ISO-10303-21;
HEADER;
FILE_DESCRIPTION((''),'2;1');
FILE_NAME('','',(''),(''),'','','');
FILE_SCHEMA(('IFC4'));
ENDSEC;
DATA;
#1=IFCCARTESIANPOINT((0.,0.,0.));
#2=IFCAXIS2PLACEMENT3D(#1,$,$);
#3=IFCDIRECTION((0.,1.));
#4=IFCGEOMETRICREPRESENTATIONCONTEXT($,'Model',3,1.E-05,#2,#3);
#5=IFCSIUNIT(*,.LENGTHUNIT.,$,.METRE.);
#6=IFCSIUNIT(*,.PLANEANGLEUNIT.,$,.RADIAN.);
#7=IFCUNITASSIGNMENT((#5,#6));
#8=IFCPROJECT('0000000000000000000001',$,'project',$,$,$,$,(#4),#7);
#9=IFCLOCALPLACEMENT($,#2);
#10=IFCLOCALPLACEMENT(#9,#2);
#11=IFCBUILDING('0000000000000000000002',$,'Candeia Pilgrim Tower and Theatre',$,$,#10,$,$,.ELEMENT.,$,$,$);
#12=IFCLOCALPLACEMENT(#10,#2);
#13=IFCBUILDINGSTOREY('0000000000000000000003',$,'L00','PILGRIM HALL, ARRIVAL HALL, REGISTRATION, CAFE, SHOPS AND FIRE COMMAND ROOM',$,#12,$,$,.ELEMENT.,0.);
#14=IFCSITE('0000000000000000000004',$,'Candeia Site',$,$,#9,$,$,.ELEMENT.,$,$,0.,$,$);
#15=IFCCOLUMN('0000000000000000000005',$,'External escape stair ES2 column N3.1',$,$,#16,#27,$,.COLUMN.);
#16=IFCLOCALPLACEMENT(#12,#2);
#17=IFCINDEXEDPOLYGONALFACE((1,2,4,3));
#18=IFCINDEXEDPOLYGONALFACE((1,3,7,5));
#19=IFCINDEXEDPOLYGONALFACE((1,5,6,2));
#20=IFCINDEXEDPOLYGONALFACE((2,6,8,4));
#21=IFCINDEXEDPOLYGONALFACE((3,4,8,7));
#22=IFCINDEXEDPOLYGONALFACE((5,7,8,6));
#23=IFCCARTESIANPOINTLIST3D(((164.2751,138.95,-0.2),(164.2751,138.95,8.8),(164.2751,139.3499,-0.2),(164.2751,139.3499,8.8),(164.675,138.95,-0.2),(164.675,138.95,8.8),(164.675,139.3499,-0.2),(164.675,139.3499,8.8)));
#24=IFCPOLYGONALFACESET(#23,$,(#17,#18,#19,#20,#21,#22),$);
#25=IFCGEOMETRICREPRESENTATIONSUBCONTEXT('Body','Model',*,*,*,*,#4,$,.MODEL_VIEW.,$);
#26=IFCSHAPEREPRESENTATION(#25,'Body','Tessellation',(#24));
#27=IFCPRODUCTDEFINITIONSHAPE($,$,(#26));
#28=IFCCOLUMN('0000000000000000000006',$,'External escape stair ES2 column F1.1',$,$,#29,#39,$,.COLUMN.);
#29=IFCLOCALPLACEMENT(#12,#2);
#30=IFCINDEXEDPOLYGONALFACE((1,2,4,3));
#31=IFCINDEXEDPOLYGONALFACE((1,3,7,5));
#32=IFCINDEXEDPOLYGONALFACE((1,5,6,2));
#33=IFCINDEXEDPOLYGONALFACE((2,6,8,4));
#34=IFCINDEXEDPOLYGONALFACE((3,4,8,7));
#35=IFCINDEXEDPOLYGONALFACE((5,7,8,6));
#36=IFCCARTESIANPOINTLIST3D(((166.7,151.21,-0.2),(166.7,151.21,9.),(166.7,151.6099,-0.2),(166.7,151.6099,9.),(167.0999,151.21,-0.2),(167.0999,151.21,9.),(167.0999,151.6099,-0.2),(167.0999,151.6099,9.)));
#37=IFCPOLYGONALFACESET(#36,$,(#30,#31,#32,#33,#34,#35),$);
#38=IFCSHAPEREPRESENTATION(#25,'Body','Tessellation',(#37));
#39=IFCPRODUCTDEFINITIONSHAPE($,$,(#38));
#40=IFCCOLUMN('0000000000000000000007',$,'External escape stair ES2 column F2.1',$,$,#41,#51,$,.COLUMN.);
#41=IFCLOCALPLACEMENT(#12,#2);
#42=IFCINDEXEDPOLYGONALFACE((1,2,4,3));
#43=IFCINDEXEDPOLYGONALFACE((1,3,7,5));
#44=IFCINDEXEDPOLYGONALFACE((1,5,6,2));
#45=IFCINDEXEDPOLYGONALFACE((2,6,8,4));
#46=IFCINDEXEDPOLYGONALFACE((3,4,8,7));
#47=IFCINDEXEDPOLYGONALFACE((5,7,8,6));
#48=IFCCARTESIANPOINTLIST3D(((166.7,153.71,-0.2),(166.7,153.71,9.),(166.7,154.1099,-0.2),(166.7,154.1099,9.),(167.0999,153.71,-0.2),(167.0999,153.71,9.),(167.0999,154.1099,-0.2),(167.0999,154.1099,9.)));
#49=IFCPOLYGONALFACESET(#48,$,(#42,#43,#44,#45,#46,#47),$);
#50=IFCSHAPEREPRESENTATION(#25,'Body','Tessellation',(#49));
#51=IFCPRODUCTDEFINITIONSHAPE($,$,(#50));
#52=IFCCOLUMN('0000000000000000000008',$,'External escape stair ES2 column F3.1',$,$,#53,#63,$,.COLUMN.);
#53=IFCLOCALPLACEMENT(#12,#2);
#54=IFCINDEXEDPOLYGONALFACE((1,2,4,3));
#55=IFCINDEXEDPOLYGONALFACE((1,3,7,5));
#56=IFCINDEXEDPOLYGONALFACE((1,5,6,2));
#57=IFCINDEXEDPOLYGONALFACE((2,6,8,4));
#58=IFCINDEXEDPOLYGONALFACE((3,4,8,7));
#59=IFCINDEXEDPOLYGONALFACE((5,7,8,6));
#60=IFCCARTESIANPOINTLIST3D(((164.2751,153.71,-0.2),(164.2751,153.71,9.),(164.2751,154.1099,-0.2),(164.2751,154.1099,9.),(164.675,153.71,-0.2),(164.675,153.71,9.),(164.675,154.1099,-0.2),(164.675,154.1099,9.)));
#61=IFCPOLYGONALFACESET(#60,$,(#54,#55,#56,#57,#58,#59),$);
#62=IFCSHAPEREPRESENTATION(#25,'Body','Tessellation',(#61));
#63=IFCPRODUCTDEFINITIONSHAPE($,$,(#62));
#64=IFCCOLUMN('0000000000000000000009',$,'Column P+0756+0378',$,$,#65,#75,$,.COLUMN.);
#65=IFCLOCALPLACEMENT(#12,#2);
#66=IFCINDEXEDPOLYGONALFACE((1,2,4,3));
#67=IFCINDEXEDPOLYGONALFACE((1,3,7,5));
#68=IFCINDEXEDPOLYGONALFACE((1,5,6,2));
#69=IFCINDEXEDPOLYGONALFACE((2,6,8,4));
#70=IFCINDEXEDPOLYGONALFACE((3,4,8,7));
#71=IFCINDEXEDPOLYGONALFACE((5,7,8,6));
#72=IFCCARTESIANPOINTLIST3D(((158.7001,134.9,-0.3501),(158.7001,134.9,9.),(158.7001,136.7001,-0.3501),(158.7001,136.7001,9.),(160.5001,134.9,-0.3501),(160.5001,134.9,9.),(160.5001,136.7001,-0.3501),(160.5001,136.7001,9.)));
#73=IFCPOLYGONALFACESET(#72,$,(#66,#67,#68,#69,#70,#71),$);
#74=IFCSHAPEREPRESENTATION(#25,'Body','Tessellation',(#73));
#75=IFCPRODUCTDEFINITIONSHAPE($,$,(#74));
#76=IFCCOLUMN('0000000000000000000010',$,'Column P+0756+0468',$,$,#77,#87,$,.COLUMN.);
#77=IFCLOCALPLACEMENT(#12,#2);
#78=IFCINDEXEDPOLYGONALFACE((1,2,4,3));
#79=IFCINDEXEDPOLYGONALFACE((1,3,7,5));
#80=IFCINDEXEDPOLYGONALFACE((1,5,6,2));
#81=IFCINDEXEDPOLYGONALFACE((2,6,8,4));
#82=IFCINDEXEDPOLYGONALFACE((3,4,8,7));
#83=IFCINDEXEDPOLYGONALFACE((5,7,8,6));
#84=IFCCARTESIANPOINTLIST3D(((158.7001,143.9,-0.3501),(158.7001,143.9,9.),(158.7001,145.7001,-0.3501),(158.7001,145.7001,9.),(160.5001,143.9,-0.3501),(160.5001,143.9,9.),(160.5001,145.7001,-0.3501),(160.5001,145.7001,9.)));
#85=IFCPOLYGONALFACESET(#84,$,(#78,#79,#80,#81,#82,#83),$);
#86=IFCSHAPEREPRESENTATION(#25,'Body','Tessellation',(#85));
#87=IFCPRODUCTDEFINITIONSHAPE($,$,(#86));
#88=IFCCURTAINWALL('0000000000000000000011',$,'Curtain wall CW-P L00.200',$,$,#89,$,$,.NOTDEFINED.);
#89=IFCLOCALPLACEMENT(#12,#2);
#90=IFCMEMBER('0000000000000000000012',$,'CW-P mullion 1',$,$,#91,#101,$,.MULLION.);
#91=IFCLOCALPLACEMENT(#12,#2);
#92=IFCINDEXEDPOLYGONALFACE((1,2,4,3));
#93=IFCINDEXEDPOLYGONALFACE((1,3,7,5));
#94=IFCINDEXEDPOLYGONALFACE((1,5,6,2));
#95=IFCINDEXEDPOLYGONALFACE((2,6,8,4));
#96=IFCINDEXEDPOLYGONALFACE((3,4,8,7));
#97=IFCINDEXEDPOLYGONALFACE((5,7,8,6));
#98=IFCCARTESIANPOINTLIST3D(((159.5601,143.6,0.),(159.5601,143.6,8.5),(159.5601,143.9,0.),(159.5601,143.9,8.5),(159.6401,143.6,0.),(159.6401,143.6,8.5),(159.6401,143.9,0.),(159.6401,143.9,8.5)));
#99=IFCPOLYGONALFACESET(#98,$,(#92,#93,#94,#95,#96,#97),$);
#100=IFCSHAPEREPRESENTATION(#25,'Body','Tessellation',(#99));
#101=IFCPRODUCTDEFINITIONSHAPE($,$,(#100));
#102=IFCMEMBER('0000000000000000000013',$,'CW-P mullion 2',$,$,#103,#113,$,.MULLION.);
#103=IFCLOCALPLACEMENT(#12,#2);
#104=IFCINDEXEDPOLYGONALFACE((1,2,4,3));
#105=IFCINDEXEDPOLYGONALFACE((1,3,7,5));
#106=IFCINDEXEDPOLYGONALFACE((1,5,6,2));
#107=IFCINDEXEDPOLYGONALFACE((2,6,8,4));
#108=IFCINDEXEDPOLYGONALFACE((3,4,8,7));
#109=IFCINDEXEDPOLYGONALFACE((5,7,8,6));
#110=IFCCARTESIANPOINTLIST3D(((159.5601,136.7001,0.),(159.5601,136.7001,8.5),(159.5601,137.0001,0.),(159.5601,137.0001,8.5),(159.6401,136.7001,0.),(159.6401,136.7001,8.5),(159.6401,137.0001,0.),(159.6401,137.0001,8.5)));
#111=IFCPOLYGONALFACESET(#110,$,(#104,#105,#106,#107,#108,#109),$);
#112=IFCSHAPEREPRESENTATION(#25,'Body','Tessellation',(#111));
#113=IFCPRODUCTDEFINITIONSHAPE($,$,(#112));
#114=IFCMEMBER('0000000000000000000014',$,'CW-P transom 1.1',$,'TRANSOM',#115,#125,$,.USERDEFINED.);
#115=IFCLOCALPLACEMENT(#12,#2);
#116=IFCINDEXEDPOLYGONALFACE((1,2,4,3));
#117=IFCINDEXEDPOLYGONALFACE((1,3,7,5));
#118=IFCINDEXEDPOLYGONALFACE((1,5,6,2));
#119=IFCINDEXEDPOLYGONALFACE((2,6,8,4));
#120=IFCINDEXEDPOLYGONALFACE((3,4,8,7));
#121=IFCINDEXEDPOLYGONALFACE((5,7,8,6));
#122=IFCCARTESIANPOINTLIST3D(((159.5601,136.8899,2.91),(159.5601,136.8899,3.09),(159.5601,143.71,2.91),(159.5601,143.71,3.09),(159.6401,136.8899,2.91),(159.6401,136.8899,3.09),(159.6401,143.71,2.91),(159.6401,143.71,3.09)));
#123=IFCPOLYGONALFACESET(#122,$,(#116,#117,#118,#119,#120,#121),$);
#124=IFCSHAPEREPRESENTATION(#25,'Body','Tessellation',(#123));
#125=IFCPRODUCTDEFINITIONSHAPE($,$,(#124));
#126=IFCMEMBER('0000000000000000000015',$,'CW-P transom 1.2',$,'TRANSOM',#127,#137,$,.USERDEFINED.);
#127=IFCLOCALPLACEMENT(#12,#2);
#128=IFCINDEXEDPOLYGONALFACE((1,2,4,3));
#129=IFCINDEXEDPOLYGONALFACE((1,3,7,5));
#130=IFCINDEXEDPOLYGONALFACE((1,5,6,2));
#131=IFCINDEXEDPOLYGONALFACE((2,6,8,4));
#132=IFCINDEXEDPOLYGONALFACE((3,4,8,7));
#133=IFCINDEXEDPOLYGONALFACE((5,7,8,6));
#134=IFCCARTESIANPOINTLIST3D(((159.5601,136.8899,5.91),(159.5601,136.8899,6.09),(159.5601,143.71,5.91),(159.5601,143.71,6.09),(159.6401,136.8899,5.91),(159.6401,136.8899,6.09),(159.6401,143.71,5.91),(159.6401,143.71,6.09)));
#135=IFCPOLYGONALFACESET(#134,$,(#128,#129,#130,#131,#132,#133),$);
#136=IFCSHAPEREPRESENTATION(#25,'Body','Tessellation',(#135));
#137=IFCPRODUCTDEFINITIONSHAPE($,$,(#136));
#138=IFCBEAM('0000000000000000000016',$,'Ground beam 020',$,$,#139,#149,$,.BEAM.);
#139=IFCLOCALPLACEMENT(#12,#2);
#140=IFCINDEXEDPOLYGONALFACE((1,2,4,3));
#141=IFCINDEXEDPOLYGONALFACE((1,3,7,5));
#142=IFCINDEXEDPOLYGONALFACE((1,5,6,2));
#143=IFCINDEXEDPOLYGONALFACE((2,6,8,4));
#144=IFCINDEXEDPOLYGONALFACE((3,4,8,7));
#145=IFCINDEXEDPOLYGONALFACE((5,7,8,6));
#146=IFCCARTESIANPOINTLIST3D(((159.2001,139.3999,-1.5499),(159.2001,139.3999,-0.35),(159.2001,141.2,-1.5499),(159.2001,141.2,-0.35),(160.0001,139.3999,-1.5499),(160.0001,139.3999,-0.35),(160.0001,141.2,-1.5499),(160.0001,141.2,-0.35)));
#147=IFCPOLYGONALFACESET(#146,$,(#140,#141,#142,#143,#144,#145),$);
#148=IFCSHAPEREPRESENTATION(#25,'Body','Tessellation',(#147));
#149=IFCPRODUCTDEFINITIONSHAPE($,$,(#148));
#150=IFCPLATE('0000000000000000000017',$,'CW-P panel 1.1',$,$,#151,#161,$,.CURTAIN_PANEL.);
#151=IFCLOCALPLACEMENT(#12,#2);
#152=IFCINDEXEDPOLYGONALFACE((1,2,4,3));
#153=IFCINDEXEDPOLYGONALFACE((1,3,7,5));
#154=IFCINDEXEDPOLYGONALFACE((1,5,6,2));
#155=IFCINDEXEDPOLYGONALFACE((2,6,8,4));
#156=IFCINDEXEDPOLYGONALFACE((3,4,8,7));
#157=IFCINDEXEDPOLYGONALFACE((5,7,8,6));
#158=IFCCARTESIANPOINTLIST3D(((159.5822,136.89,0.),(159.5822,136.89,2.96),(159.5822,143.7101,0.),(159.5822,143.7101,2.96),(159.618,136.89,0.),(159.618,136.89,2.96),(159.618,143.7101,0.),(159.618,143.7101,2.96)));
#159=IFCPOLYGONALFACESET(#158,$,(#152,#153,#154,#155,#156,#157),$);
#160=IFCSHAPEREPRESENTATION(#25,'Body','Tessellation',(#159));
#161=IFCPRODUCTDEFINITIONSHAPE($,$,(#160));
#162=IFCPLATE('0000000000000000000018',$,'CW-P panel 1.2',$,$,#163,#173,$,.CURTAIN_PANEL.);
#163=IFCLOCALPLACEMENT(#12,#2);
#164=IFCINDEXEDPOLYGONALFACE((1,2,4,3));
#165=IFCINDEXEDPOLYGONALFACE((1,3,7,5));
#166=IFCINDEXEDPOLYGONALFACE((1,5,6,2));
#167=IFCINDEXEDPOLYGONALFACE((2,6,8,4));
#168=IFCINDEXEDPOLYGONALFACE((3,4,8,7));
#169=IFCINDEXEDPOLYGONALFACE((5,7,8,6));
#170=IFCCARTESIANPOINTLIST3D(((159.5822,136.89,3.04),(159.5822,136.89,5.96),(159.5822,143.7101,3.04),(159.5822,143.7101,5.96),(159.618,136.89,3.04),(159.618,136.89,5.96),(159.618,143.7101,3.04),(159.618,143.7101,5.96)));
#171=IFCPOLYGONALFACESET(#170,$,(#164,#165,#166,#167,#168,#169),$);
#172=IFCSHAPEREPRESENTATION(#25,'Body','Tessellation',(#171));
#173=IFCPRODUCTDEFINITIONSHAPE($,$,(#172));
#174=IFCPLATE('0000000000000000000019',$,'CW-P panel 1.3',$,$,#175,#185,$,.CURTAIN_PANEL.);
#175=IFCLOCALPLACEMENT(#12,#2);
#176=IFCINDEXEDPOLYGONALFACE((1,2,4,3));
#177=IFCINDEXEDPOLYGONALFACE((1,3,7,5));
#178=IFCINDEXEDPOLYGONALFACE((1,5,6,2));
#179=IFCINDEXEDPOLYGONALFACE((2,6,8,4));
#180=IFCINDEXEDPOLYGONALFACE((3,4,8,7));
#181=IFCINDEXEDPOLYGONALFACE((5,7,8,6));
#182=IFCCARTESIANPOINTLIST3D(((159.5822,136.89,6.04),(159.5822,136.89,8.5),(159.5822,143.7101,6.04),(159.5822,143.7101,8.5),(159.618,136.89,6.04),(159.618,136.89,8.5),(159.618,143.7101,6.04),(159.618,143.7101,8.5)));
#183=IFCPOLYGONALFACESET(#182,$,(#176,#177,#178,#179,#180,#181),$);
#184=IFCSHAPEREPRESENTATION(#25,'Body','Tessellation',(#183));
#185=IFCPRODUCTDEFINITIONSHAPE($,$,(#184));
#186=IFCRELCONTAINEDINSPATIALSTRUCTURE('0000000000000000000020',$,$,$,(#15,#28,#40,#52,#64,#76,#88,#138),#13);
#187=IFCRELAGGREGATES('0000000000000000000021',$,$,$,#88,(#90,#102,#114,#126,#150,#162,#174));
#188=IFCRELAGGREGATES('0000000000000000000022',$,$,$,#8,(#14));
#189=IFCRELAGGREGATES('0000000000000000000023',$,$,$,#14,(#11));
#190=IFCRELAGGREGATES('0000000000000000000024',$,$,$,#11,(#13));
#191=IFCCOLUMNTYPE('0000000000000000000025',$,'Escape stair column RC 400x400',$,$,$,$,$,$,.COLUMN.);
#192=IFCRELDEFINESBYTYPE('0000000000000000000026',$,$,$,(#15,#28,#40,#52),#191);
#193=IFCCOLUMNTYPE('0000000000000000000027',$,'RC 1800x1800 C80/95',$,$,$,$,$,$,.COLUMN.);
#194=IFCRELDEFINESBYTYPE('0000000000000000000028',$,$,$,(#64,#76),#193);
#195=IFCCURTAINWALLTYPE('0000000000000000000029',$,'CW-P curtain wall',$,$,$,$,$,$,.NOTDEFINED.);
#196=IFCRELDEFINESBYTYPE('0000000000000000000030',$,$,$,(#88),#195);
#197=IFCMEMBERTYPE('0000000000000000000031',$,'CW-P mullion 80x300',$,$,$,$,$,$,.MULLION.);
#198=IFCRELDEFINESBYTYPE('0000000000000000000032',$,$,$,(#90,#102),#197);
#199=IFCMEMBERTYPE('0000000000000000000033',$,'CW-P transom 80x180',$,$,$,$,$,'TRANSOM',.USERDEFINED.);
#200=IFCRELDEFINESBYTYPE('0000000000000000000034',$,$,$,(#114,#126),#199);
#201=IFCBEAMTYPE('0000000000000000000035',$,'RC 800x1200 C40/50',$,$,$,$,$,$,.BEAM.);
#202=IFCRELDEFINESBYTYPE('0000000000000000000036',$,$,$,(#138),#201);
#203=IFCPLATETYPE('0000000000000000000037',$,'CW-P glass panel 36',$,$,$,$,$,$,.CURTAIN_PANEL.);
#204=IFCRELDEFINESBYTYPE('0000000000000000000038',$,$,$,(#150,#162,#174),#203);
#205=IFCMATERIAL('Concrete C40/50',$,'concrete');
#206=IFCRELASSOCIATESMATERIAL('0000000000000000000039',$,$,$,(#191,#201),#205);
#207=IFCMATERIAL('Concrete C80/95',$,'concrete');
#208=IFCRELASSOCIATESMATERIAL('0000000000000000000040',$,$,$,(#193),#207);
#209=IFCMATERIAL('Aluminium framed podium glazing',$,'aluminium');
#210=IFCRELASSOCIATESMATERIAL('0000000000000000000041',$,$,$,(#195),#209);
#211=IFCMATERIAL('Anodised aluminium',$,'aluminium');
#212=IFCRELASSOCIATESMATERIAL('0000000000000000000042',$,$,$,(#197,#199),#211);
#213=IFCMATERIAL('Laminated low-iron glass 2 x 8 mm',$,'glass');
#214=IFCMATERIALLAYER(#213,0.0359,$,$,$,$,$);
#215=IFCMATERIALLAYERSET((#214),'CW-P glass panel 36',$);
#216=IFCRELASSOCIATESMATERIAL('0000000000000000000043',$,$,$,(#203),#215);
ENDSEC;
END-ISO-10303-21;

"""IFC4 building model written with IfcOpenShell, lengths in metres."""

from ifc_helpers import new_model, si_unit, direction, frame, origin, origin_2d, place, context, subcontext, project, spatial, rectangle, extrude, material, layer, layer_set, material_profile, profile_set, type_object, element, aggregate, save


model = new_model("IFC4")

# Units and contexts
model_context = context("Model", 3, precision=1e-05, world=origin(), true_north=direction((0.0, 1.0)))
body_context = subcontext(model_context, "Body", "Model", "MODEL_VIEW")
ifc_project = project(units=[si_unit("LENGTHUNIT", "METRE"), si_unit("PLANEANGLEUNIT", "RADIAN")], contexts=[model_context])

# Site, building, storey
site_placement = place(None, origin())
site = spatial("IfcSite", under=ifc_project, at=site_placement, Name="Candeia Site", CompositionType="ELEMENT", RefElevation=0.0)
building_placement = place(site_placement, origin())
building = spatial("IfcBuilding", under=site, at=building_placement, Name="Candeia Pilgrim Tower and Theatre", CompositionType="ELEMENT")
storey_placement = place(building_placement, origin())
storey = spatial("IfcBuildingStorey", under=building, at=storey_placement, Name="L00", Description="PILGRIM HALL, ARRIVAL HALL, REGISTRATION, CAFE, SHOPS AND FIRE COMMAND ROOM", CompositionType="ELEMENT", Elevation=0.0)

# Shared definitions
ifc_material_1 = material(Name="Concrete C40/50", Category="concrete")

# Columns
ifc_material_profile_1 = material_profile(ifc_material_1, rectangle(XDim=0.3999, YDim=0.3999, at=origin_2d()))
ifc_profile_set_1 = profile_set([ifc_material_profile_1], Name="Concrete C40/50")
column_type_1 = type_object("IfcColumnType", Name="Escape stair column RC 400x400", PredefinedType="COLUMN", material=ifc_profile_set_1)
for number, where, z_axis, x_axis, name in (
    (1, (164.4751, 139.1499, -0.2), (0.0, 0.0, 1.0), (1.0, 0.0, 0.0), "External escape stair ES2 column N3.1"),
):
    element("IfcColumn", number, at=place(storey_placement, frame(where, z_axis=z_axis, x_axis=x_axis)), inside=storey, type_object=column_type_1, Name=name, PredefinedType="COLUMN", context=body_context, shape_type="SweptSolid", body=[
        extrude(rectangle(XDim=0.3999, YDim=0.3999, at=origin_2d()), origin(), (0.0, 0.0, 1.0), 9.0),
    ])
for number, where, z_axis, x_axis, name in (
    (2, (166.8999, 151.4099, -0.2), (0.0, 0.0, 1.0), (1.0, 0.0, 0.0), "External escape stair ES2 column F1.1"),
    (3, (166.8999, 153.9099, -0.2), (0.0, 0.0, 1.0), (1.0, 0.0, 0.0), "External escape stair ES2 column F2.1"),
    (4, (164.4751, 153.9099, -0.2), (0.0, 0.0, 1.0), (1.0, 0.0, 0.0), "External escape stair ES2 column F3.1"),
):
    element("IfcColumn", number, at=place(storey_placement, frame(where, z_axis=z_axis, x_axis=x_axis)), inside=storey, type_object=column_type_1, Name=name, PredefinedType="COLUMN", context=body_context, shape_type="SweptSolid", body=[
        extrude(rectangle(XDim=0.3999, YDim=0.3999, at=origin_2d()), origin(), (0.0, 0.0, 1.0), 9.2),
    ])
ifc_material_2 = material(Name="Concrete C80/95", Category="concrete")
ifc_material_profile_2 = material_profile(ifc_material_2, rectangle(XDim=1.8, YDim=1.8, at=origin_2d()))
ifc_profile_set_2 = profile_set([ifc_material_profile_2], Name="Concrete C80/95")
column_type_2 = type_object("IfcColumnType", Name="RC 1800x1800 C80/95", PredefinedType="COLUMN", material=ifc_profile_set_2)
for number, where, z_axis, x_axis, name in (
    (5, (159.6001, 135.8, -0.3501), (0.0, 0.0, 1.0), (1.0, 0.0, 0.0), "Column P+0756+0378"),
    (6, (159.6001, 144.8, -0.3501), (0.0, 0.0, 1.0), (1.0, 0.0, 0.0), "Column P+0756+0468"),
):
    element("IfcColumn", number, at=place(storey_placement, frame(where, z_axis=z_axis, x_axis=x_axis)), inside=storey, type_object=column_type_2, Name=name, PredefinedType="COLUMN", context=body_context, shape_type="SweptSolid", body=[
        extrude(rectangle(XDim=1.8, YDim=1.8, at=origin_2d()), origin(), (0.0, 0.0, 1.0), 9.3501),
    ])

# Curtain wall, members
ifc_material_3 = material(Name="Aluminium framed podium glazing", Category="aluminium")
curtain_wall_type = type_object("IfcCurtainWallType", Name="CW-P curtain wall", PredefinedType="NOTDEFINED", material=ifc_material_3)
curtain_wall_placement = place(storey_placement, origin())
curtain_wall = element("IfcCurtainWall", 7, at=curtain_wall_placement, inside=storey, type_object=curtain_wall_type, Name="Curtain wall CW-P L00.200", PredefinedType="NOTDEFINED")
ifc_material_4 = material(Name="Anodised aluminium", Category="aluminium")
ifc_material_profile_3 = material_profile(ifc_material_4, rectangle(XDim=0.0801, YDim=0.3, at=origin_2d()))
ifc_profile_set_3 = profile_set([ifc_material_profile_3], Name="Anodised aluminium")
member_type_1 = type_object("IfcMemberType", Name="CW-P mullion 80x300", PredefinedType="MULLION", material=ifc_profile_set_3)
member_1_placement = place(storey_placement, frame((159.6001, 143.75, 0.0), z_axis=(0.0, 0.0, 1.0), x_axis=(1.0, 0.0, 0.0)))
member_1 = element("IfcMember", 8, at=member_1_placement, type_object=member_type_1, Name="CW-P mullion 1", PredefinedType="MULLION", context=body_context, shape_type="SweptSolid", body=[
    extrude(rectangle(XDim=0.0801, YDim=0.3, at=origin_2d()), origin(), (0.0, 0.0, 1.0), 8.5),
])
member_2_placement = place(storey_placement, frame((159.6001, 136.8501, 0.0), z_axis=(0.0, 0.0, 1.0), x_axis=(1.0, 0.0, 0.0)))
member_2 = element("IfcMember", 9, at=member_2_placement, type_object=member_type_1, Name="CW-P mullion 2", PredefinedType="MULLION", context=body_context, shape_type="SweptSolid", body=[
    extrude(rectangle(XDim=0.0801, YDim=0.3, at=origin_2d()), origin(), (0.0, 0.0, 1.0), 8.5),
])
ifc_material_profile_4 = material_profile(ifc_material_4, rectangle(XDim=0.0801, YDim=0.1799, at=origin_2d()))
ifc_profile_set_4 = profile_set([ifc_material_profile_4], Name="Anodised aluminium")
member_type_2 = type_object("IfcMemberType", Name="CW-P transom 80x180", ElementType="TRANSOM", PredefinedType="USERDEFINED", material=ifc_profile_set_4)
member_3_placement = place(storey_placement, frame((159.6001, 143.71, 3.0), z_axis=(0.0, -1.0, 0.0), x_axis=(1.0, 0.0, 0.0)))
member_3 = element("IfcMember", 10, at=member_3_placement, type_object=member_type_2, Name="CW-P transom 1.1", ObjectType="TRANSOM", PredefinedType="USERDEFINED", context=body_context, shape_type="SweptSolid", body=[
    extrude(rectangle(XDim=0.0801, YDim=0.1799, at=origin_2d()), origin(), (0.0, 0.0, 1.0), 6.8201),
])
member_4_placement = place(storey_placement, frame((159.6001, 143.71, 6.0), z_axis=(0.0, -1.0, 0.0), x_axis=(1.0, 0.0, 0.0)))
member_4 = element("IfcMember", 11, at=member_4_placement, type_object=member_type_2, Name="CW-P transom 1.2", ObjectType="TRANSOM", PredefinedType="USERDEFINED", context=body_context, shape_type="SweptSolid", body=[
    extrude(rectangle(XDim=0.0801, YDim=0.1799, at=origin_2d()), origin(), (0.0, 0.0, 1.0), 6.8201),
])

# Beam
ifc_material_profile_5 = material_profile(ifc_material_1, rectangle(XDim=0.8, YDim=1.2, at=origin_2d()))
ifc_profile_set_5 = profile_set([ifc_material_profile_5], Name="Concrete C40/50")
beam_type = type_object("IfcBeamType", Name="RC 800x1200 C40/50", PredefinedType="BEAM", material=ifc_profile_set_5)
beam_placement = place(storey_placement, frame((159.6001, 139.3999, -0.95), z_axis=(0.0, 1.0, 0.0), x_axis=(-1.0, 0.0, 0.0)))
element("IfcBeam", 12, at=beam_placement, inside=storey, type_object=beam_type, Name="Ground beam 020", PredefinedType="BEAM", context=body_context, shape_type="SweptSolid", body=[
    extrude(rectangle(XDim=0.8, YDim=1.2, at=origin_2d()), origin(), (0.0, 0.0, 1.0), 1.8),
])

# Plates
ifc_material_5 = material(Name="Laminated low-iron glass 2 x 8 mm", Category="glass")
ifc_layer_1 = layer(ifc_material_5, 0.0359)
ifc_layer_set_1 = layer_set([ifc_layer_1], Name="CW-P glass panel 36")
plate_type = type_object("IfcPlateType", Name="CW-P glass panel 36", PredefinedType="CURTAIN_PANEL", material=ifc_layer_set_1)
plate_1_placement = place(storey_placement, frame((159.6001, 140.3, 0.0), z_axis=(0.0, 0.0, 1.0), x_axis=(0.0, -1.0, 0.0)))
plate_1 = element("IfcPlate", 13, at=plate_1_placement, type_object=plate_type, Name="CW-P panel 1.1", PredefinedType="CURTAIN_PANEL", context=body_context, shape_type="SweptSolid", body=[
    extrude(rectangle(XDim=6.8201, YDim=0.0359, at=origin_2d()), origin(), (0.0, 0.0, 1.0), 2.96),
])
plate_2_placement = place(storey_placement, frame((159.6001, 140.3, 3.04), z_axis=(0.0, 0.0, 1.0), x_axis=(0.0, -1.0, 0.0)))
plate_2 = element("IfcPlate", 14, at=plate_2_placement, type_object=plate_type, Name="CW-P panel 1.2", PredefinedType="CURTAIN_PANEL", context=body_context, shape_type="SweptSolid", body=[
    extrude(rectangle(XDim=6.8201, YDim=0.0359, at=origin_2d()), origin(), (0.0, 0.0, 1.0), 2.9199),
])
plate_3_placement = place(storey_placement, frame((159.6001, 140.3, 6.04), z_axis=(0.0, 0.0, 1.0), x_axis=(0.0, -1.0, 0.0)))
plate_3 = element("IfcPlate", 15, at=plate_3_placement, type_object=plate_type, Name="CW-P panel 1.3", PredefinedType="CURTAIN_PANEL", context=body_context, shape_type="SweptSolid", body=[
    extrude(rectangle(XDim=6.8201, YDim=0.0359, at=origin_2d()), origin(), (0.0, 0.0, 1.0), 2.46),
])
aggregate(curtain_wall, [member_1, member_2, member_3, member_4, plate_1, plate_2, plate_3])

save(model, "model.ifc")
